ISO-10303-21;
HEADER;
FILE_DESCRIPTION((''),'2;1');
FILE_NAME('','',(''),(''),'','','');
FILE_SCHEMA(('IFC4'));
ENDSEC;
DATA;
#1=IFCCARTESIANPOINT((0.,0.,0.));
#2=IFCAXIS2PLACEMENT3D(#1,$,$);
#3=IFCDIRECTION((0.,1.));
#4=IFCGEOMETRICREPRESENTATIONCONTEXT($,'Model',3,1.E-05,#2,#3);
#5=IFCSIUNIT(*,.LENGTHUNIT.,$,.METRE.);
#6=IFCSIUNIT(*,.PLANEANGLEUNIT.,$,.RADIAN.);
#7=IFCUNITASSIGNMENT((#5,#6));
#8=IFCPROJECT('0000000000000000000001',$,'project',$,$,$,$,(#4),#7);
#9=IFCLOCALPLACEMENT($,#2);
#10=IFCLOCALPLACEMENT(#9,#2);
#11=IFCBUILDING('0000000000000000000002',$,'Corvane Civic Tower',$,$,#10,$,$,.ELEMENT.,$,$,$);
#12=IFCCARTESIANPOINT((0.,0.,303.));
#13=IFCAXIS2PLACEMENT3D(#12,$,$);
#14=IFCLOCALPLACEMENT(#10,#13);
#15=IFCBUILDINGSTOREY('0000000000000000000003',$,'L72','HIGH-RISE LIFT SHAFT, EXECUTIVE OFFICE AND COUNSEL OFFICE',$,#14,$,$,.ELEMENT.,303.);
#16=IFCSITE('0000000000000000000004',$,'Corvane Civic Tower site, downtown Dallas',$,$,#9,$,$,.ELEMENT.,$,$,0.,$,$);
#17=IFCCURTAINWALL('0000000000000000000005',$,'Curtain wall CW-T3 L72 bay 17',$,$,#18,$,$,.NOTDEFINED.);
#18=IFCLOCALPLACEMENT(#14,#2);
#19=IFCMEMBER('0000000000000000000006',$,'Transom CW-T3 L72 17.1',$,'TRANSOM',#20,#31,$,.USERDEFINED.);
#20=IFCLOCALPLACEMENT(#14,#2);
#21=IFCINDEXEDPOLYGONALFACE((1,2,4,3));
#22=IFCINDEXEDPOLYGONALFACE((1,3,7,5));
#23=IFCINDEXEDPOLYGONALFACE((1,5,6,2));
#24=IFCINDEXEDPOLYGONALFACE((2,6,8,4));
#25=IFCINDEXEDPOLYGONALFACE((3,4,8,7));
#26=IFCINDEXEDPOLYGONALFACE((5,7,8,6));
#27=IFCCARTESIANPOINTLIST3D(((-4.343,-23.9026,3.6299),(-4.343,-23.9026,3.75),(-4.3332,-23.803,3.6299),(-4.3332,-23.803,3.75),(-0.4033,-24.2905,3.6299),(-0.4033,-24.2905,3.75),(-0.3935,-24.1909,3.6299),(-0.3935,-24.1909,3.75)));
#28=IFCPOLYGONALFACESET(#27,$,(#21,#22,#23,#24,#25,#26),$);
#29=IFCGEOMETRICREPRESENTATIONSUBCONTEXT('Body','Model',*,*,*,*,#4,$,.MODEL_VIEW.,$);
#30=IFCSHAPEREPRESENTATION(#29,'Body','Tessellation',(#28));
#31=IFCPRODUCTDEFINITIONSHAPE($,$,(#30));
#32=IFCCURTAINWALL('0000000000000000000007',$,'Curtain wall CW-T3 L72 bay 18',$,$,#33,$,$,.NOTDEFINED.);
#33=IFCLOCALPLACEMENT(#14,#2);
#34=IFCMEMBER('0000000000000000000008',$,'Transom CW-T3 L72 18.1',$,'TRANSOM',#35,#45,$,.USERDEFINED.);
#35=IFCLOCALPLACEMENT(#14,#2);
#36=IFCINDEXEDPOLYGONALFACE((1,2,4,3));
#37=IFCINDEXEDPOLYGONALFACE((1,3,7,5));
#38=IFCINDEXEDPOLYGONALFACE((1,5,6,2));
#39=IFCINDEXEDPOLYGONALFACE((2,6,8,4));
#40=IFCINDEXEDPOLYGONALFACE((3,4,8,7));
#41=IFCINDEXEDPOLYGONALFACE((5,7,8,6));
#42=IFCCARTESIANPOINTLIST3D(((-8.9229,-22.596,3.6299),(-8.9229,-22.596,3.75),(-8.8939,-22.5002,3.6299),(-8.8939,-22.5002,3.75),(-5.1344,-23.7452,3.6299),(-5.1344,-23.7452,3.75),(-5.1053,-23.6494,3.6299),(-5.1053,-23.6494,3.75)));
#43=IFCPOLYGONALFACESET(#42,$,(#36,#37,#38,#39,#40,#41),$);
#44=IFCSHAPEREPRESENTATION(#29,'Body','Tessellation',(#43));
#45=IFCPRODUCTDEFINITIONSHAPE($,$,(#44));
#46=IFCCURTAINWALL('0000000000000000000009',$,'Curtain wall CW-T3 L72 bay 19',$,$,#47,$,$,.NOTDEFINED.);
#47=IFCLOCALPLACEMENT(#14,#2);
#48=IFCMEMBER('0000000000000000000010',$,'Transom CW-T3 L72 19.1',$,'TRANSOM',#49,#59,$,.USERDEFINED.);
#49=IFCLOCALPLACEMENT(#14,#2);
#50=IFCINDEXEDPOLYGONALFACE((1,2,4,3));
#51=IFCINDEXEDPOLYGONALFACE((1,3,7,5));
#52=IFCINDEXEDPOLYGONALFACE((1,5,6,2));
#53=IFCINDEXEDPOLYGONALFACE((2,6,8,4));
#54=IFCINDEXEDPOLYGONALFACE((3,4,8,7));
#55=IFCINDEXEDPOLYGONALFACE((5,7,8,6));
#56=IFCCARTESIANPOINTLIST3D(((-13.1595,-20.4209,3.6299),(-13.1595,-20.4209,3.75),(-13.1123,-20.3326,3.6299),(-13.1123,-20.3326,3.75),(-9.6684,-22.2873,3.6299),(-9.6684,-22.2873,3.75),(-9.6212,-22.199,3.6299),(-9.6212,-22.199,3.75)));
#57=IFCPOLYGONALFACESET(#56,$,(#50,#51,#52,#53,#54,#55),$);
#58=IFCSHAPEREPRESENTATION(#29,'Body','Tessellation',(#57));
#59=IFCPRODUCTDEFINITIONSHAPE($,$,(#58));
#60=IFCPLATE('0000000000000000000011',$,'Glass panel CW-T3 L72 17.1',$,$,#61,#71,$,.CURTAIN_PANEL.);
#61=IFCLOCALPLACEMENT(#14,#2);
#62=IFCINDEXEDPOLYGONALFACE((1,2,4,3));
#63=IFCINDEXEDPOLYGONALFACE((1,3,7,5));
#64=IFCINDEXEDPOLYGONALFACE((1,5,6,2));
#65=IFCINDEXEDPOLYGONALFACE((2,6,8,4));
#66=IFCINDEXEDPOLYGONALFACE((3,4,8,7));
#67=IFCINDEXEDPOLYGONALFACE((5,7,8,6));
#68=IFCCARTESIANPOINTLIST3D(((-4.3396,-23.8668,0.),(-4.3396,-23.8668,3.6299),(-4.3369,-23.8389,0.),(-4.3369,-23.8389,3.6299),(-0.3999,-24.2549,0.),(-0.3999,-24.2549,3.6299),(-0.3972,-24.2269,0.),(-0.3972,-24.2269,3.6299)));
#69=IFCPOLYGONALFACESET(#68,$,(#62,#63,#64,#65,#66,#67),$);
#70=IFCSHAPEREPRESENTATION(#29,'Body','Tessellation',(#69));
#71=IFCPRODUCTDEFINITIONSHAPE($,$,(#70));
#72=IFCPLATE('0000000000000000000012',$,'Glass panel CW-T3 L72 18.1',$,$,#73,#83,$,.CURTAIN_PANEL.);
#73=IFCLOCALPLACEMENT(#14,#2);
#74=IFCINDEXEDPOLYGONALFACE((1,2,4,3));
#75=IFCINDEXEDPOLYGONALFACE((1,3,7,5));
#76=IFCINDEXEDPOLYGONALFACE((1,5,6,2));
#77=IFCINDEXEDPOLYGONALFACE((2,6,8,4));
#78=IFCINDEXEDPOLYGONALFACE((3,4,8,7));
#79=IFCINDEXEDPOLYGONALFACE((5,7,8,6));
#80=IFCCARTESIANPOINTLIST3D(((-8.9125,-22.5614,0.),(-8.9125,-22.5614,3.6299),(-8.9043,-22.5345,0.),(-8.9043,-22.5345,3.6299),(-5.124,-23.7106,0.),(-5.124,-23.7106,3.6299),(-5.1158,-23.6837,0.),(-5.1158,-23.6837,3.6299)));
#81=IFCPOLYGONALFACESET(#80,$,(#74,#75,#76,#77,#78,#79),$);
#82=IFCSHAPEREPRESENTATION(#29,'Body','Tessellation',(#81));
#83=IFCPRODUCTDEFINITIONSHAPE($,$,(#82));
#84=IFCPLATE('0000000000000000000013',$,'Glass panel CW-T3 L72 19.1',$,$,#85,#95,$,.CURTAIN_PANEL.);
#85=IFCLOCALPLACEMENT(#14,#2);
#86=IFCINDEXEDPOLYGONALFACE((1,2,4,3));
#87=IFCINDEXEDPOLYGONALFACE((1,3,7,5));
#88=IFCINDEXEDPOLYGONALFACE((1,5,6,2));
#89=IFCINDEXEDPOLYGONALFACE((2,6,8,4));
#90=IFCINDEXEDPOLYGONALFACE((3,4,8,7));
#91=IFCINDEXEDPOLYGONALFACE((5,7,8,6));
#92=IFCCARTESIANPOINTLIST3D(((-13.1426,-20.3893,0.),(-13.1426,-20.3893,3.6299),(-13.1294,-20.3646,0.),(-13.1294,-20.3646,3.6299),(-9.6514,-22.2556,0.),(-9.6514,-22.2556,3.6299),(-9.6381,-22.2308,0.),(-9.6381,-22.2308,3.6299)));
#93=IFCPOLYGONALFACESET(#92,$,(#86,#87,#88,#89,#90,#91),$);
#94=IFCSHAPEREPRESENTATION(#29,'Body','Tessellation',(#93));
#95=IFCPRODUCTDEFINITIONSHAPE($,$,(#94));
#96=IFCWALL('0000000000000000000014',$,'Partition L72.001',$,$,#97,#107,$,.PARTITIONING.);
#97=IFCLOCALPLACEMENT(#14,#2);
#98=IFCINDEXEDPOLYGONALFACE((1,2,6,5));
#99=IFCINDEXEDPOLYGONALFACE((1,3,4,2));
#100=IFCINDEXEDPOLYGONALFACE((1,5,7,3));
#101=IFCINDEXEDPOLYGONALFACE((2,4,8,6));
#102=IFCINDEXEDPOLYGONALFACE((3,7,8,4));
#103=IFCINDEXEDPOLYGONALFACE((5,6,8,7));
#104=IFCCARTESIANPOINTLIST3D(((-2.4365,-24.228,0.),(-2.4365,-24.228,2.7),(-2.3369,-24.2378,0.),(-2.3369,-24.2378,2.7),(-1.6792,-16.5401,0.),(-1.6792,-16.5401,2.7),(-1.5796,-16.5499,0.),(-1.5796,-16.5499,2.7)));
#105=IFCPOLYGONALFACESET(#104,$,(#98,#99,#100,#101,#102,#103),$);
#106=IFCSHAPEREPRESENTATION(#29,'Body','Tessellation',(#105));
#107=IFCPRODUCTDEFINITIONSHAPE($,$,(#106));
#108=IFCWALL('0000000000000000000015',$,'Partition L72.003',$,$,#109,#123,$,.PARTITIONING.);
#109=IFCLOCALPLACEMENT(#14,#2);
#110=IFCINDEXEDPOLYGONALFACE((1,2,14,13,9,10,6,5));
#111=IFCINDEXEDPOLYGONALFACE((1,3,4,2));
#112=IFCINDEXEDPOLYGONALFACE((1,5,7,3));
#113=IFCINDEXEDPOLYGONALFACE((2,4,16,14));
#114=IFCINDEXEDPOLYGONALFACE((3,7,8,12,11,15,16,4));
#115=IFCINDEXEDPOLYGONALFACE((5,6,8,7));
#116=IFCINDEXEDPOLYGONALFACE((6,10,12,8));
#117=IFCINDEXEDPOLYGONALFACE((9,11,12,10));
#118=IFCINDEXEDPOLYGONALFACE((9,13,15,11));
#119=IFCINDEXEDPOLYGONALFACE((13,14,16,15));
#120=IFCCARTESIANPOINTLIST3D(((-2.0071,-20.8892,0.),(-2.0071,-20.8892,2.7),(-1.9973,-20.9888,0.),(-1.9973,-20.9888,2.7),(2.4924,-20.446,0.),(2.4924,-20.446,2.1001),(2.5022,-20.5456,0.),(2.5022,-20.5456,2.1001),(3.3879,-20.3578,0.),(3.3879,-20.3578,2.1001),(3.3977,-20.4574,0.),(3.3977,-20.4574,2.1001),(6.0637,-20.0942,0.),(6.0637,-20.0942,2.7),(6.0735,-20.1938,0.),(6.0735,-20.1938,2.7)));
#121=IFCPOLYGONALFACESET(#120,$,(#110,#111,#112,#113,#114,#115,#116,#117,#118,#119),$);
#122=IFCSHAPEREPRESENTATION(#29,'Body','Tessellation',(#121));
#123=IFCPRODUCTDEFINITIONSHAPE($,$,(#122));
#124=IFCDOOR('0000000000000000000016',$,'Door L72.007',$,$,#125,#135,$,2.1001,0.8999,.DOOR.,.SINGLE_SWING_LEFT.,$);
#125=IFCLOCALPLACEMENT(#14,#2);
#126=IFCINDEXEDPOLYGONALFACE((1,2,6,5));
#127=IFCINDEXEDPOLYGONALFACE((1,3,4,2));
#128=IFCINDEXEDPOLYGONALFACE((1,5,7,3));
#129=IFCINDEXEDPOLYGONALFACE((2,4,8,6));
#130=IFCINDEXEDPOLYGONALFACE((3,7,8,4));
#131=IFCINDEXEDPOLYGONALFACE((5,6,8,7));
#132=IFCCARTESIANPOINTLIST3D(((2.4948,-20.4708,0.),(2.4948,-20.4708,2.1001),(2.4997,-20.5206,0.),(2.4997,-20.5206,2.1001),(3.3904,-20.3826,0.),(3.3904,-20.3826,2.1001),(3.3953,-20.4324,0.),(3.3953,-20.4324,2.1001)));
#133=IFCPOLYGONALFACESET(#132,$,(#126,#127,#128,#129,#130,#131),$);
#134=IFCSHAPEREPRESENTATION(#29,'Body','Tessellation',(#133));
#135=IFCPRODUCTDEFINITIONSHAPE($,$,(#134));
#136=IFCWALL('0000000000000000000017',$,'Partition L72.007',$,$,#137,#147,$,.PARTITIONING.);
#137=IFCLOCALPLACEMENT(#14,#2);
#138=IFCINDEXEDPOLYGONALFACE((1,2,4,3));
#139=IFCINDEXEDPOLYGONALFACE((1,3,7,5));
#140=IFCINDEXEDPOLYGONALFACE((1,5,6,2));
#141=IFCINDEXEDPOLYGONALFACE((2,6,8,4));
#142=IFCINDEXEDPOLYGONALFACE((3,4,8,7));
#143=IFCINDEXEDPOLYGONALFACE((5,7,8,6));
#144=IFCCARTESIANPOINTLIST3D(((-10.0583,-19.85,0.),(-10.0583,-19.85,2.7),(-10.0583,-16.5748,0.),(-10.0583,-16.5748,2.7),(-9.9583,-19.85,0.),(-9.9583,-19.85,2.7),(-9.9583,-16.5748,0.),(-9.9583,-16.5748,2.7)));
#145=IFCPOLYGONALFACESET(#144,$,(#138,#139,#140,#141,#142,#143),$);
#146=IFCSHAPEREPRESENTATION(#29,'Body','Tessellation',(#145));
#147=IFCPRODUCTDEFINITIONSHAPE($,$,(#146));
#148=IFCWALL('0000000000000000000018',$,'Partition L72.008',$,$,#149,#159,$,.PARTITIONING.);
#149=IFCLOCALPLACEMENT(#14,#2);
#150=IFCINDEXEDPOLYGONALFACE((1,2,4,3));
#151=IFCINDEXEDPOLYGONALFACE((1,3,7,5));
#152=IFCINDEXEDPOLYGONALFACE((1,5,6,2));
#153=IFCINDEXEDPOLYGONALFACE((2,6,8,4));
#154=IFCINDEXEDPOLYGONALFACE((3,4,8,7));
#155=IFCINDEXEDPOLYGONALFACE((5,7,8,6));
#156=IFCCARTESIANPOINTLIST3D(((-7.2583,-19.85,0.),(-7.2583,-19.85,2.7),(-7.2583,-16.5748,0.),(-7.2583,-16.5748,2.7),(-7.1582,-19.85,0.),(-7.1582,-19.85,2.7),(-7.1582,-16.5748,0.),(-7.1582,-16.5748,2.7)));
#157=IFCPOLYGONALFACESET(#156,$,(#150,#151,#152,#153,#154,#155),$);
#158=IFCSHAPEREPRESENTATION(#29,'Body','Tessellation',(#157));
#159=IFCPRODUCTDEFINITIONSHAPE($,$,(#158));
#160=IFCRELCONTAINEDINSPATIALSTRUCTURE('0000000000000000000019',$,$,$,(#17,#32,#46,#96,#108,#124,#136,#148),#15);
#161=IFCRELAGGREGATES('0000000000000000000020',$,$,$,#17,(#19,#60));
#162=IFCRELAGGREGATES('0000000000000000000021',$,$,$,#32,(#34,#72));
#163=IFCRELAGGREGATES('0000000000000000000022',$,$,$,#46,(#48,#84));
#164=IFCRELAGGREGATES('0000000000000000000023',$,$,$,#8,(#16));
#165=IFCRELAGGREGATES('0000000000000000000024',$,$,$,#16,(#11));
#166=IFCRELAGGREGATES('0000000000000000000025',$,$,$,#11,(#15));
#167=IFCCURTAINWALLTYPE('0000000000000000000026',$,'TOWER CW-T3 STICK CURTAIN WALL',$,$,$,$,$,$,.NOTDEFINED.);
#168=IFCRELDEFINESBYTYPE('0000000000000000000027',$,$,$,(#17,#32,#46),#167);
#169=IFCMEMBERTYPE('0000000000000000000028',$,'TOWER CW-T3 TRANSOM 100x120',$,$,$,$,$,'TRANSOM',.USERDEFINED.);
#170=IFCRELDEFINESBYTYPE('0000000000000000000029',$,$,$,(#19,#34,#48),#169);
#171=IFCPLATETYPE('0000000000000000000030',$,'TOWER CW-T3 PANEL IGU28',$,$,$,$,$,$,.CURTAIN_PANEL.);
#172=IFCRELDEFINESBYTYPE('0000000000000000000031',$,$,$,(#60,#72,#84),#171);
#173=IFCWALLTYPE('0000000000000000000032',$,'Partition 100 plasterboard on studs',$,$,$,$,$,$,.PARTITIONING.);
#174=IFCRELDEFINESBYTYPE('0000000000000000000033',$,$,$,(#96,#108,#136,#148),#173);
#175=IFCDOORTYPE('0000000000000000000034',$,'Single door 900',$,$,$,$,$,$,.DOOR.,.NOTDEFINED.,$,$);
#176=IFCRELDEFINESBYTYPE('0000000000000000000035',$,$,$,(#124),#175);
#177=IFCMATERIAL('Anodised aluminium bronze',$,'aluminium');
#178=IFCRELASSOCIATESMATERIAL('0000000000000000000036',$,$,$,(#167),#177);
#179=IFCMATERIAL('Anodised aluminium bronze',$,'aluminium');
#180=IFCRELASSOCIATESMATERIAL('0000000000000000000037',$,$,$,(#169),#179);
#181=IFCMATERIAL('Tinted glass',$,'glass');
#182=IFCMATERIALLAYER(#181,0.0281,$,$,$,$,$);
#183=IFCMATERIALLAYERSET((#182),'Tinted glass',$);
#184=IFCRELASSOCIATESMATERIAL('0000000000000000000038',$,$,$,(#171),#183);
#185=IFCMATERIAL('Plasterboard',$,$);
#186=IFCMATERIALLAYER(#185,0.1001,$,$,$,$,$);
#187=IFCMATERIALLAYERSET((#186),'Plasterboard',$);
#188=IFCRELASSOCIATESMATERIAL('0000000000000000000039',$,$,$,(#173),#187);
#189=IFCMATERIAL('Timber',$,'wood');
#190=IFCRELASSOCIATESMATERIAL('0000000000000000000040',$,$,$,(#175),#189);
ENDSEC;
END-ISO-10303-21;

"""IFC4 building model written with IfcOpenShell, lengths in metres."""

from ifc_helpers import new_model, si_unit, direction, frame, frame_2d, origin, origin_2d, place, context, subcontext, project, spatial, rectangle, extrude, material, layer, layer_set, material_profile, profile_set, type_object, element, fill, aggregate, save


model = new_model("IFC4")

# Units and contexts
model_context = context("Model", 3, precision=1e-05, world=origin(), true_north=direction((0.0, 1.0)))
body_context = subcontext(model_context, "Body", "Model", "MODEL_VIEW")
ifc_project = project(units=[si_unit("LENGTHUNIT", "METRE"), si_unit("PLANEANGLEUNIT", "RADIAN")], contexts=[model_context])

# Site, building, storey
site_placement = place(None, origin())
site = spatial("IfcSite", under=ifc_project, at=site_placement, Name="Corvane Civic Tower site, downtown Dallas", CompositionType="ELEMENT", RefElevation=0.0)
building_placement = place(site_placement, origin())
building = spatial("IfcBuilding", under=site, at=building_placement, Name="Corvane Civic Tower", CompositionType="ELEMENT")
storey_placement = place(building_placement, frame((0.0, 0.0, 303.0)))
storey = spatial("IfcBuildingStorey", under=building, at=storey_placement, Name="L72", Description="HIGH-RISE LIFT SHAFT, EXECUTIVE OFFICE AND COUNSEL OFFICE", CompositionType="ELEMENT", Elevation=303.0)

# Curtain walls, members
ifc_material_1 = material(Name="Anodised aluminium bronze", Category="aluminium")
curtain_wall_type = type_object("IfcCurtainWallType", Name="TOWER CW-T3 STICK CURTAIN WALL", PredefinedType="NOTDEFINED", material=ifc_material_1)
curtain_wall_1_placement = place(storey_placement, origin())
curtain_wall_1 = element("IfcCurtainWall", 1, at=curtain_wall_1_placement, inside=storey, type_object=curtain_wall_type, Name="Curtain wall CW-T3 L72 bay 17", PredefinedType="NOTDEFINED")
ifc_material_2 = material(Name="Anodised aluminium bronze", Category="aluminium")
ifc_material_profile_1 = material_profile(ifc_material_2, rectangle(XDim=0.1001, YDim=0.1201, at=origin_2d()), Name="TOWER CW-T3 TRANSOM 100x120")
ifc_profile_set_1 = profile_set([ifc_material_profile_1], Name="Anodised aluminium bronze")
member_type = type_object("IfcMemberType", Name="TOWER CW-T3 TRANSOM 100x120", ElementType="TRANSOM", PredefinedType="USERDEFINED", material=ifc_profile_set_1)
member_1_placement = place(storey_placement, frame((-0.3984, -24.2407, 3.6899), z_axis=(-0.995187, 0.097995, 0.0), x_axis=(-0.097995, -0.995187, 0.0)))
member_1 = element("IfcMember", 2, at=member_1_placement, type_object=member_type, Name="Transom CW-T3 L72 17.1", ObjectType="TRANSOM", PredefinedType="USERDEFINED", context=body_context, shape_type="SweptSolid", body=[
    extrude(rectangle(XDim=0.1001, YDim=0.1201, at=origin_2d()), origin(), (0.0, 0.0, 1.0), 3.9587),
])
curtain_wall_2_placement = place(storey_placement, origin())
curtain_wall_2 = element("IfcCurtainWall", 3, at=curtain_wall_2_placement, inside=storey, type_object=curtain_wall_type, Name="Curtain wall CW-T3 L72 bay 18", PredefinedType="NOTDEFINED")
member_2_placement = place(storey_placement, frame((-5.1199, -23.6973, 3.6899), z_axis=(-0.956946, 0.290266, 0.0), x_axis=(-0.290266, -0.956946, 0.0)))
member_2 = element("IfcMember", 4, at=member_2_placement, type_object=member_type, Name="Transom CW-T3 L72 18.1", ObjectType="TRANSOM", PredefinedType="USERDEFINED", context=body_context, shape_type="SweptSolid", body=[
    extrude(rectangle(XDim=0.1001, YDim=0.1201, at=origin_2d()), origin(), (0.0, 0.0, 1.0), 3.959),
])
curtain_wall_3_placement = place(storey_placement, origin())
curtain_wall_3 = element("IfcCurtainWall", 5, at=curtain_wall_3_placement, inside=storey, type_object=curtain_wall_type, Name="Curtain wall CW-T3 L72 bay 19", PredefinedType="NOTDEFINED")
member_3_placement = place(storey_placement, frame((-9.6448, -22.2432, 3.6899), z_axis=(-0.881883, 0.471468, 0.0), x_axis=(-0.471468, -0.881883, 0.0)))
member_3 = element("IfcMember", 6, at=member_3_placement, type_object=member_type, Name="Transom CW-T3 L72 19.1", ObjectType="TRANSOM", PredefinedType="USERDEFINED", context=body_context, shape_type="SweptSolid", body=[
    extrude(rectangle(XDim=0.1001, YDim=0.1201, at=origin_2d()), origin(), (0.0, 0.0, 1.0), 3.9587),
])

# Plates
ifc_material_3 = material(Name="Tinted glass", Category="glass")
ifc_layer_1 = layer(ifc_material_3, 0.0281)
ifc_layer_set_1 = layer_set([ifc_layer_1], Name="Tinted glass")
plate_type = type_object("IfcPlateType", Name="TOWER CW-T3 PANEL IGU28", PredefinedType="CURTAIN_PANEL", material=ifc_layer_set_1)
plate_1_placement = place(storey_placement, frame((-2.3684, -24.0469, 0.0), z_axis=(0.0, 0.0, 1.0), x_axis=(-0.995184, 0.098021, 0.0)))
plate_1 = element("IfcPlate", 7, at=plate_1_placement, type_object=plate_type, Name="Glass panel CW-T3 L72 17.1", PredefinedType="CURTAIN_PANEL", context=body_context, shape_type="SweptSolid", body=[
    extrude(rectangle(XDim=3.9587, YDim=0.0281, at=origin_2d()), origin(), (0.0, 0.0, 1.0), 3.6299),
])
aggregate(curtain_wall_1, [member_1, plate_1])
plate_2_placement = place(storey_placement, frame((-7.0142, -23.1226, 0.0), z_axis=(0.0, 0.0, 1.0), x_axis=(-0.956944, 0.290274, 0.0)))
plate_2 = element("IfcPlate", 8, at=plate_2_placement, type_object=plate_type, Name="Glass panel CW-T3 L72 18.1", PredefinedType="CURTAIN_PANEL", context=body_context, shape_type="SweptSolid", body=[
    extrude(rectangle(XDim=3.959, YDim=0.0281, at=origin_2d()), origin(), (0.0, 0.0, 1.0), 3.6299),
])
aggregate(curtain_wall_2, [member_2, plate_2])
plate_3_placement = place(storey_placement, frame((-11.3904, -21.3101, 0.0), z_axis=(0.0, 0.0, 1.0), x_axis=(-0.881908, 0.471421, 0.0)))
plate_3 = element("IfcPlate", 9, at=plate_3_placement, type_object=plate_type, Name="Glass panel CW-T3 L72 19.1", PredefinedType="CURTAIN_PANEL", context=body_context, shape_type="SweptSolid", body=[
    extrude(rectangle(XDim=3.9587, YDim=0.0281, at=origin_2d()), origin(), (0.0, 0.0, 1.0), 3.6299),
])
aggregate(curtain_wall_3, [member_3, plate_3])

# Wall
ifc_material_4 = material(Name="Plasterboard")
ifc_layer_2 = layer(ifc_material_4, 0.1001)
ifc_layer_set_2 = layer_set([ifc_layer_2], Name="Plasterboard")
wall_type = type_object("IfcWallType", Name="Partition 100 plasterboard on studs", PredefinedType="PARTITIONING", material=ifc_layer_set_2)
wall_1_placement = place(storey_placement, frame((-2.3867, -24.2329, 0.0), z_axis=(0.0, 0.0, 1.0), x_axis=(0.098033, 0.995183, 0.0)))
element("IfcWall", 10, at=wall_1_placement, inside=storey, type_object=wall_type, Name="Partition L72.001", PredefinedType="PARTITIONING", context=body_context, shape_type="SweptSolid", body=[
    extrude(rectangle(XDim=7.7251, YDim=0.1001, at=frame_2d((3.8625, 0.0))), origin(), (0.0, 0.0, 1.0), 2.7),
])

# Wall, opening, door
wall_2_placement = place(storey_placement, frame((-2.0022, -20.939, 0.0), z_axis=(0.0, 0.0, 1.0), x_axis=(0.995185, 0.098019, 0.0)))
wall_2 = element("IfcWall", 11, at=wall_2_placement, inside=storey, type_object=wall_type, Name="Partition L72.003", PredefinedType="PARTITIONING", context=body_context, shape_type="SweptSolid", body=[
    extrude(rectangle(XDim=8.1099, YDim=0.1001, at=frame_2d((4.0549, 0.0))), origin(), (0.0, 0.0, 1.0), 2.7),
])
opening_placement = place(wall_2_placement, frame((4.5212, 0.0, 0.0)))
opening = element("IfcOpeningElement", 12, at=opening_placement, cuts=wall_2, PredefinedType="OPENING", context=body_context, shape_type="SweptSolid", body=[
    extrude(rectangle(XDim=0.8999, YDim=2.1001, at=frame_2d((0.45, 1.05))), frame((0.0, 0.0601, 0.0), z_axis=(0.0, -1.0, 0.0), x_axis=(1.0, 0.0, 0.0)), (0.0, 0.0, 1.0), 0.1201),
])
ifc_material_5 = material(Name="Timber", Category="wood")
door_type = type_object("IfcDoorType", Name="Single door 900", OperationType="NOTDEFINED", PredefinedType="DOOR", material=ifc_material_5)
door_placement = place(opening_placement, frame((0.8999, 0.0, 0.0), z_axis=(0.0, 0.0, 1.0), x_axis=(-1.0, 0.0, 0.0)))
door = element("IfcDoor", 13, at=door_placement, inside=storey, type_object=door_type, Name="Door L72.007", OperationType="SINGLE_SWING_LEFT", OverallHeight=2.1001, OverallWidth=0.8999, PredefinedType="DOOR", context=body_context, shape_type="SweptSolid", body=[
    extrude(rectangle(XDim=0.8999, YDim=2.1001, at=frame_2d((0.45, 1.05))), frame((0.0, 0.0249, 0.0), z_axis=(0.0, -1.0, 0.0), x_axis=(1.0, 0.0, 0.0)), (0.0, 0.0, 1.0), 0.05),
])
fill(opening, door)

# Walls
for number, where, z_axis, x_axis, name in (
    (14, (-10.0083, -19.8501, 0.0), (0.0, 0.0, 1.0), (0.0, 1.0, 0.0), "Partition L72.007"),
    (15, (-7.2083, -19.8501, 0.0), (0.0, 0.0, 1.0), (0.0, 1.0, 0.0), "Partition L72.008"),
):
    element("IfcWall", number, at=place(storey_placement, frame(where, z_axis=z_axis, x_axis=x_axis)), inside=storey, type_object=wall_type, Name=name, PredefinedType="PARTITIONING", context=body_context, shape_type="SweptSolid", body=[
        extrude(rectangle(XDim=3.2751, YDim=0.1001, at=frame_2d((1.6377, 0.0))), origin(), (0.0, 0.0, 1.0), 2.7),
    ])

save(model, "model.ifc")
